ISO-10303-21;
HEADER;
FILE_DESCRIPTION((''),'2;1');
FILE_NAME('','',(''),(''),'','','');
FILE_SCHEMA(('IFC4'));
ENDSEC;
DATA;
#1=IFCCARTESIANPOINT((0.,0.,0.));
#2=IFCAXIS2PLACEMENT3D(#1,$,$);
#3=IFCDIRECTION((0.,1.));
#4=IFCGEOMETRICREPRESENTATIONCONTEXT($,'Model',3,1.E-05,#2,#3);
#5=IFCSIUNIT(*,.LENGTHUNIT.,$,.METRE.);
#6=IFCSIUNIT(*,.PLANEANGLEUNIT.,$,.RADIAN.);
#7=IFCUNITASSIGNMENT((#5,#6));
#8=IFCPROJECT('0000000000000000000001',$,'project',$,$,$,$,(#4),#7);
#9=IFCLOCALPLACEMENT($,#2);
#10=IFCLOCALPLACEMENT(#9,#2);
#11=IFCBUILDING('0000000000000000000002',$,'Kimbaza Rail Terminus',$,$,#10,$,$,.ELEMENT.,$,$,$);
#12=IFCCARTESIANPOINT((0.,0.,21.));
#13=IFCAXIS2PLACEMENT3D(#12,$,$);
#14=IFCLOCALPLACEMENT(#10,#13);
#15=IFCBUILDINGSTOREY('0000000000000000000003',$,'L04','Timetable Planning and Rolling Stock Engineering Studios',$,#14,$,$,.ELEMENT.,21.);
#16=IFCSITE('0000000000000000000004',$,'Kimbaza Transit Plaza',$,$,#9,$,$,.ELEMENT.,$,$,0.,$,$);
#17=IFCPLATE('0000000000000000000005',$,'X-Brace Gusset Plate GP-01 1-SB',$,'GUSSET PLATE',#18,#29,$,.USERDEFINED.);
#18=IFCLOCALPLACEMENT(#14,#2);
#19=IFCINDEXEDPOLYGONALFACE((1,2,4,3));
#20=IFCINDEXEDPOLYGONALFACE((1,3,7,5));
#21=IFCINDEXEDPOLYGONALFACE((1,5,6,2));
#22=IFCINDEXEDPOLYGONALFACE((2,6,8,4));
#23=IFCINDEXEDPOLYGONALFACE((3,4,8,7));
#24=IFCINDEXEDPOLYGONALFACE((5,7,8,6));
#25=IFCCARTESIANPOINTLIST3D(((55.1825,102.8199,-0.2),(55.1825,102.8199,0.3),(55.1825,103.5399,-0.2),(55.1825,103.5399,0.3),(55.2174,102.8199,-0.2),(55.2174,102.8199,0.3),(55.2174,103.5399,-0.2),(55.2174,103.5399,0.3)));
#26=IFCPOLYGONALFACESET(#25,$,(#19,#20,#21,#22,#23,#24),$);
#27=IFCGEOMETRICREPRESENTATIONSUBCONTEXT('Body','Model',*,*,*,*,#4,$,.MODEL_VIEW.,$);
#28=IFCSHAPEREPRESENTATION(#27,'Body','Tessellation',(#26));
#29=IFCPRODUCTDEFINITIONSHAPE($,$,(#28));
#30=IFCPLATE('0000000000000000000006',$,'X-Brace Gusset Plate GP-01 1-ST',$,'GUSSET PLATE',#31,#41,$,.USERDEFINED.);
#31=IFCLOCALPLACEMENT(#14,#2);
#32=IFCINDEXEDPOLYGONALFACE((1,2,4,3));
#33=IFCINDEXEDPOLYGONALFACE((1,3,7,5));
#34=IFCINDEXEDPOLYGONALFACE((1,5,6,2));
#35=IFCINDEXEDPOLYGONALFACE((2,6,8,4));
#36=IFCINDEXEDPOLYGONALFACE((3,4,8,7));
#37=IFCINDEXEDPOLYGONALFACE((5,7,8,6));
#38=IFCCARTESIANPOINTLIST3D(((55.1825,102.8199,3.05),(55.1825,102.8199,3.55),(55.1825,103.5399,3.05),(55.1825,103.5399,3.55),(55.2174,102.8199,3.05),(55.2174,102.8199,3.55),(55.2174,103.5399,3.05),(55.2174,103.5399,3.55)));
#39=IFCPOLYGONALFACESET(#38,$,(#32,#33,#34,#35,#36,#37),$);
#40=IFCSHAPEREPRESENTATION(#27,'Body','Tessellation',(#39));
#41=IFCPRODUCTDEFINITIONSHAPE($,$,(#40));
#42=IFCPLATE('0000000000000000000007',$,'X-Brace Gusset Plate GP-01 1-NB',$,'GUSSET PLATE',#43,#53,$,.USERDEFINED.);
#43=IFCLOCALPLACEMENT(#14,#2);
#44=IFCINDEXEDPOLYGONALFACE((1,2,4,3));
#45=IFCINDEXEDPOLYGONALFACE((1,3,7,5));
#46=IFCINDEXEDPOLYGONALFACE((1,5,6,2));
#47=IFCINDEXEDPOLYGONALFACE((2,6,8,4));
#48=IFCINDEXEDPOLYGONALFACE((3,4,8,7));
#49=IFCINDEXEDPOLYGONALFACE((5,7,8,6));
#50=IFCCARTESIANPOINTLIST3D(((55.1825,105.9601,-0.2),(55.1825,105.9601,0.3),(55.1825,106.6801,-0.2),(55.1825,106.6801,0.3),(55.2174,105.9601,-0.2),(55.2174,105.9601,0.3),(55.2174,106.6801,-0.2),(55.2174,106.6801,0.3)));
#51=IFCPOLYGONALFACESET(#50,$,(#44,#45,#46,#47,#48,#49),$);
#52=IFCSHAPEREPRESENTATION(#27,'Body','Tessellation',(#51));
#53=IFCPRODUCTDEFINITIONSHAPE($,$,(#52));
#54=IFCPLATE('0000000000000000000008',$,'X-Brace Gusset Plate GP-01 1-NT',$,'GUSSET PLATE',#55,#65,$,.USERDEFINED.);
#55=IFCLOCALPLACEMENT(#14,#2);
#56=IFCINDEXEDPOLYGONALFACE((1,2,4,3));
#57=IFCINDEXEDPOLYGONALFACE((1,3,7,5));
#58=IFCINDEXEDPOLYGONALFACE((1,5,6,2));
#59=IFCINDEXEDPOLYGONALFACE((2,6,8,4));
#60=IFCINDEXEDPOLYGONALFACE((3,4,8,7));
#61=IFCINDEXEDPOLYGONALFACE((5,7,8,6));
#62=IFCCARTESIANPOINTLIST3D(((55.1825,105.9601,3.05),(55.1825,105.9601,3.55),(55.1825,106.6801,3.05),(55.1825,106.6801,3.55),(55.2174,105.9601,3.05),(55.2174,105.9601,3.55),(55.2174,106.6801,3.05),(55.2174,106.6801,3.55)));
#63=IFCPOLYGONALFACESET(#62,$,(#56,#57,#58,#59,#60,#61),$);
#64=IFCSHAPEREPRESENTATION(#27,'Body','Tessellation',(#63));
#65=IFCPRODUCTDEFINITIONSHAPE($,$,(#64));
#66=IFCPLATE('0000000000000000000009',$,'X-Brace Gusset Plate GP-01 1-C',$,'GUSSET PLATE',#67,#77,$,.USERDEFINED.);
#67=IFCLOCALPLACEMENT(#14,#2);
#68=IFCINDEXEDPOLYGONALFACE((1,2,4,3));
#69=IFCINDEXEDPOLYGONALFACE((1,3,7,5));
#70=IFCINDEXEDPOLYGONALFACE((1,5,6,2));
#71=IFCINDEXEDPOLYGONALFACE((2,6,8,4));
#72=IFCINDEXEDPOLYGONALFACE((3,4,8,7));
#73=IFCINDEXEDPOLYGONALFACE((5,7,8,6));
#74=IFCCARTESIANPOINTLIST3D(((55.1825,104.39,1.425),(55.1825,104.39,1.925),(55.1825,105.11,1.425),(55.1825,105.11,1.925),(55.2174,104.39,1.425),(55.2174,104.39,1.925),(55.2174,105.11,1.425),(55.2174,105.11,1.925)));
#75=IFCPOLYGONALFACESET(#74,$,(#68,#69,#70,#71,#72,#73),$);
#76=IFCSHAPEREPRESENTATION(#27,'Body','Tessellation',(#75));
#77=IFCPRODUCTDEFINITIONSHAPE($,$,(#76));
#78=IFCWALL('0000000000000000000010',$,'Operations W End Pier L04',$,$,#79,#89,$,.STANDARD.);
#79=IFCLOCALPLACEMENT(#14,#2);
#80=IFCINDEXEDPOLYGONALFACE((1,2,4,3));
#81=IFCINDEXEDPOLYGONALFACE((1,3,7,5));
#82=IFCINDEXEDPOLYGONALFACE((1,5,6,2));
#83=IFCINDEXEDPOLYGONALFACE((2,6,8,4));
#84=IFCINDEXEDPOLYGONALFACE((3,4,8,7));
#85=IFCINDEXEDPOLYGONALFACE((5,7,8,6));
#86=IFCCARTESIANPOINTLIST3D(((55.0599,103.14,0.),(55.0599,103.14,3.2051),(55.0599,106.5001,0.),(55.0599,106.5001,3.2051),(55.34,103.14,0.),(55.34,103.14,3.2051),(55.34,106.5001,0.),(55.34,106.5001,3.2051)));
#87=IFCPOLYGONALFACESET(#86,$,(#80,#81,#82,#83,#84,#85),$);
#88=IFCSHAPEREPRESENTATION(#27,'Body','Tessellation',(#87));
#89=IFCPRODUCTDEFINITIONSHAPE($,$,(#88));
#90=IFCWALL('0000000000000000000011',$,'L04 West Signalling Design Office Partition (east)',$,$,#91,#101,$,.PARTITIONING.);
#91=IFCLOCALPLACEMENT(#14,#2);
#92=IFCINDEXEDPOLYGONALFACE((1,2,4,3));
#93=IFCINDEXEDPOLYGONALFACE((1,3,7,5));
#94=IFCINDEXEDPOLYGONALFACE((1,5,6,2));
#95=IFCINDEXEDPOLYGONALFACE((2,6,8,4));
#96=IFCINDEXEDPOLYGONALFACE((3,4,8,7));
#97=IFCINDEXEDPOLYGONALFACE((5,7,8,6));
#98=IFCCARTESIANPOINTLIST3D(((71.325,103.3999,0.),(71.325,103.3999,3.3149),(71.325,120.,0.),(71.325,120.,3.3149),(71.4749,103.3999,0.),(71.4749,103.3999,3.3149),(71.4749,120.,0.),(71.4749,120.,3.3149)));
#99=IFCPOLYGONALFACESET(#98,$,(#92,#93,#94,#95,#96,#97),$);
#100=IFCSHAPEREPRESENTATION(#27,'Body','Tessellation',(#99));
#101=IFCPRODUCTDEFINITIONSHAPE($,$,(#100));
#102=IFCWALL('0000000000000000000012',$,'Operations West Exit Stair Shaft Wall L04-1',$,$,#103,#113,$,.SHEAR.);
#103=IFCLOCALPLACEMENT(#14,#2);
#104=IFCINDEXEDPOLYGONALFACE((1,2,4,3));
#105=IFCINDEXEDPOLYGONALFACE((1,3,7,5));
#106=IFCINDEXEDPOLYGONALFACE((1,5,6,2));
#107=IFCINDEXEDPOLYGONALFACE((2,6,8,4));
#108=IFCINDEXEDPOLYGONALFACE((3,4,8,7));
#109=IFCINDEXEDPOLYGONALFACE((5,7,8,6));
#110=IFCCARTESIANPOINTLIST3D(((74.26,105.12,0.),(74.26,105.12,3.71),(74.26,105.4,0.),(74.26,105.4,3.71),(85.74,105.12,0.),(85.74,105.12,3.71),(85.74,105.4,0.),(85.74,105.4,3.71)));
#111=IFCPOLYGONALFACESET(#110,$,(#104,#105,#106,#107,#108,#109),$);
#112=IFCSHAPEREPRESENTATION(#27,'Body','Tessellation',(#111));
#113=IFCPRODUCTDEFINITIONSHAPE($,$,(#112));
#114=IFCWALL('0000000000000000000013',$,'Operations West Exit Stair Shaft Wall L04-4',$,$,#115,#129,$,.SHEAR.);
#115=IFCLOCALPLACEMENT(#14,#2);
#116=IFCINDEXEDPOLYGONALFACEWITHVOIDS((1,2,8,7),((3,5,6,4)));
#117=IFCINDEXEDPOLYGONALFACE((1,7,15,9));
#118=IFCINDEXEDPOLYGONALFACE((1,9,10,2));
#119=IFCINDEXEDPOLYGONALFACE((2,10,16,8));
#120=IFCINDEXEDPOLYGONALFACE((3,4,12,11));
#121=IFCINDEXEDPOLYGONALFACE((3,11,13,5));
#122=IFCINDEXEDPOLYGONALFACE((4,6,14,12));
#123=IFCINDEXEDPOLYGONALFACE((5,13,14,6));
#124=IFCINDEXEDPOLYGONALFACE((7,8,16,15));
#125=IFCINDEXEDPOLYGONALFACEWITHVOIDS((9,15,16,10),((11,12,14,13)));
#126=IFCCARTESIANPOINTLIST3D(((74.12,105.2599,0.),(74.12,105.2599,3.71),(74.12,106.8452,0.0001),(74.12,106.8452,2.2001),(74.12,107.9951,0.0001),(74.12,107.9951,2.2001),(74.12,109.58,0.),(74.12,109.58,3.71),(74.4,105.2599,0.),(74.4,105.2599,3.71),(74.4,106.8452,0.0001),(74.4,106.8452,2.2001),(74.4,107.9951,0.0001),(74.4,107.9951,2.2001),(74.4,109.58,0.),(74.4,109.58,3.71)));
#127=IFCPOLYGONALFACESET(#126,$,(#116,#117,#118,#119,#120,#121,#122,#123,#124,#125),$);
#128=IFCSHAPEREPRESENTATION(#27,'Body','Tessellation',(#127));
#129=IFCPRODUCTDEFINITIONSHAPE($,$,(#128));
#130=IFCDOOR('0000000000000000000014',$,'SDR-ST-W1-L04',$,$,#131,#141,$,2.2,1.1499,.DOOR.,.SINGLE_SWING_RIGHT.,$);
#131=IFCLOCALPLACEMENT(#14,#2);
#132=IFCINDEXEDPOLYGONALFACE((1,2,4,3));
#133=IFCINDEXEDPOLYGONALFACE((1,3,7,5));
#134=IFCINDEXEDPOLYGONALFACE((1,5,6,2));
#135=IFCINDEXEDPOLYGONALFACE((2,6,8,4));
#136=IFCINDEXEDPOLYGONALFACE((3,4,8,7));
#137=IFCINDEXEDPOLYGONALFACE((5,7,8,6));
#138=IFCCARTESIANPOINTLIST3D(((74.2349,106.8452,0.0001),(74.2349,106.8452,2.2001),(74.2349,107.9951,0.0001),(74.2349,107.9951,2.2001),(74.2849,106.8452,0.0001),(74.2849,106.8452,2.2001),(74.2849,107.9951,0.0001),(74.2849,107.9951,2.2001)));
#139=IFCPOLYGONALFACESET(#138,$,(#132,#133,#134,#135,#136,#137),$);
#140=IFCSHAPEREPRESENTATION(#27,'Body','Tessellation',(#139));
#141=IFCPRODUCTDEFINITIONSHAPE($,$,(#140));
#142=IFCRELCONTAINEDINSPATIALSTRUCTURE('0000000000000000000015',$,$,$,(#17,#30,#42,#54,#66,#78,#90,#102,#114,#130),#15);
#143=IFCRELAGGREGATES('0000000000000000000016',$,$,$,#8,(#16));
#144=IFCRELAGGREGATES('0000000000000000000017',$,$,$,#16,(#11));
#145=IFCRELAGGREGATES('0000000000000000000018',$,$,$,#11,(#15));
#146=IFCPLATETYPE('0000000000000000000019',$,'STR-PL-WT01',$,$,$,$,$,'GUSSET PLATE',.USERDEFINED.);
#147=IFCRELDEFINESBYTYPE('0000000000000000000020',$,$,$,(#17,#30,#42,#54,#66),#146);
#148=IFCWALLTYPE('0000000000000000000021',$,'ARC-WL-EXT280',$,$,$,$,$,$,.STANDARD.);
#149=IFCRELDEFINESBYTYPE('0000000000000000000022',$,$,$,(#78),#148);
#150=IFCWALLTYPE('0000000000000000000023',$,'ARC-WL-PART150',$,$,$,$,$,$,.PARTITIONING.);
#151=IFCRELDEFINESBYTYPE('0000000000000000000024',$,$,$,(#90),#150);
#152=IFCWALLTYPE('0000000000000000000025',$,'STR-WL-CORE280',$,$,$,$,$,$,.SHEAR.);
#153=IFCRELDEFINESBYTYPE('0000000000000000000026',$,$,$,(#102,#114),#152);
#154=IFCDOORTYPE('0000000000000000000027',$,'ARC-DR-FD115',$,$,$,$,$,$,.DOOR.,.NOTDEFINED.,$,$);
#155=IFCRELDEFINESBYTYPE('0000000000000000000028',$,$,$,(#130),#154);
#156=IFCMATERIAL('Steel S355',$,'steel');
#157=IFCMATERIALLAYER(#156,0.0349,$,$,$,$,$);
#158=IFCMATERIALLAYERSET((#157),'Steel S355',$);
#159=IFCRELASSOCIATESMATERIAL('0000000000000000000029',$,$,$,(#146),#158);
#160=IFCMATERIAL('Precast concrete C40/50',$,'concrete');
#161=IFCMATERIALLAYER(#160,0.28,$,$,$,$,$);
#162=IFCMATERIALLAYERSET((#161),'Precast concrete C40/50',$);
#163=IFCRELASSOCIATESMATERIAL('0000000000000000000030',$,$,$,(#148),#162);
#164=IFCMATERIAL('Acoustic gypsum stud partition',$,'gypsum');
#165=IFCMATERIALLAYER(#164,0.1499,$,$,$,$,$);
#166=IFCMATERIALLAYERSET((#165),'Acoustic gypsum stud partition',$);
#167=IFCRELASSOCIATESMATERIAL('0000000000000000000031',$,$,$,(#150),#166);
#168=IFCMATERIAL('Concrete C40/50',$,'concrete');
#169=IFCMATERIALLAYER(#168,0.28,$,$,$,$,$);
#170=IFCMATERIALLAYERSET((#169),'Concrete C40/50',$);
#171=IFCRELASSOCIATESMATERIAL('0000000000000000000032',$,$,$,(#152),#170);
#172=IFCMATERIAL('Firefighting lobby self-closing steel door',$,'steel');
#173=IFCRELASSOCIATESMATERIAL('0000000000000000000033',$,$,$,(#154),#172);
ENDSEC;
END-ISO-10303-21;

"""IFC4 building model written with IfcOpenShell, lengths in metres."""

from ifc_helpers import new_model, si_unit, direction, frame, frame_2d, origin, origin_2d, place, context, subcontext, project, spatial, rectangle, extrude, material, layer, layer_set, type_object, element, fill, save


model = new_model("IFC4")

# Units and contexts
model_context = context("Model", 3, precision=1e-05, world=origin(), true_north=direction((0.0, 1.0)))
body_context = subcontext(model_context, "Body", "Model", "MODEL_VIEW")
ifc_project = project(units=[si_unit("LENGTHUNIT", "METRE"), si_unit("PLANEANGLEUNIT", "RADIAN")], contexts=[model_context])

# Site, building, storey
site_placement = place(None, origin())
site = spatial("IfcSite", under=ifc_project, at=site_placement, Name="Kimbaza Transit Plaza", CompositionType="ELEMENT", RefElevation=0.0)
building_placement = place(site_placement, origin())
building = spatial("IfcBuilding", under=site, at=building_placement, Name="Kimbaza Rail Terminus", CompositionType="ELEMENT")
storey_placement = place(building_placement, frame((0.0, 0.0, 21.0)))
storey = spatial("IfcBuildingStorey", under=building, at=storey_placement, Name="L04", Description="Timetable Planning and Rolling Stock Engineering Studios", CompositionType="ELEMENT", Elevation=21.0)

# Plates
ifc_material_1 = material(Name="Steel S355", Category="steel")
ifc_layer_1 = layer(ifc_material_1, 0.0349)
ifc_layer_set_1 = layer_set([ifc_layer_1], Name="Steel S355")
plate_type_1 = type_object("IfcPlateType", Name="STR-PL-WT01", ElementType="GUSSET PLATE", PredefinedType="USERDEFINED", material=ifc_layer_set_1)
for number, where, z_axis, x_axis, name in (
    (1, (55.2, 103.1799, -0.2), (0.0, 0.0, 1.0), (1.0, 0.0, 0.0), "X-Brace Gusset Plate GP-01 1-SB"),
    (2, (55.2, 103.1799, 3.05), (0.0, 0.0, 1.0), (1.0, 0.0, 0.0), "X-Brace Gusset Plate GP-01 1-ST"),
    (3, (55.2, 106.3201, -0.2), (0.0, 0.0, 1.0), (1.0, 0.0, 0.0), "X-Brace Gusset Plate GP-01 1-NB"),
    (4, (55.2, 106.3201, 3.05), (0.0, 0.0, 1.0), (1.0, 0.0, 0.0), "X-Brace Gusset Plate GP-01 1-NT"),
    (5, (55.2, 104.75, 1.425), (0.0, 0.0, 1.0), (1.0, 0.0, 0.0), "X-Brace Gusset Plate GP-01 1-C"),
):
    element("IfcPlate", number, at=place(storey_placement, frame(where, z_axis=z_axis, x_axis=x_axis)), inside=storey, type_object=plate_type_1, Name=name, ObjectType="GUSSET PLATE", PredefinedType="USERDEFINED", context=body_context, shape_type="SweptSolid", body=[
        extrude(rectangle(XDim=0.0349, YDim=0.72, at=origin_2d()), origin(), (0.0, 0.0, 1.0), 0.5),
    ])

# Walls
ifc_material_2 = material(Name="Precast concrete C40/50", Category="concrete")
ifc_layer_2 = layer(ifc_material_2, 0.28)
ifc_layer_set_2 = layer_set([ifc_layer_2], Name="Precast concrete C40/50")
wall_type_1 = type_object("IfcWallType", Name="ARC-WL-EXT280", PredefinedType="STANDARD", material=ifc_layer_set_2)
wall_1_placement = place(storey_placement, frame((55.2, 103.1399, 0.0), z_axis=(0.0, 0.0, 1.0), x_axis=(0.0, 1.0, 0.0)))
element("IfcWall", 6, at=wall_1_placement, inside=storey, type_object=wall_type_1, Name="Operations W End Pier L04", PredefinedType="STANDARD", context=body_context, shape_type="SweptSolid", body=[
    extrude(rectangle(XDim=3.3601, YDim=0.28, at=frame_2d((1.6802, 0.0))), origin(), (0.0, 0.0, 1.0), 3.2051),
])
ifc_material_3 = material(Name="Acoustic gypsum stud partition", Category="gypsum")
ifc_layer_3 = layer(ifc_material_3, 0.1499)
ifc_layer_set_3 = layer_set([ifc_layer_3], Name="Acoustic gypsum stud partition")
wall_type_2 = type_object("IfcWallType", Name="ARC-WL-PART150", PredefinedType="PARTITIONING", material=ifc_layer_set_3)
wall_2_placement = place(storey_placement, frame((71.3999, 103.3999, 0.0), z_axis=(0.0, 0.0, 1.0), x_axis=(0.0, 1.0, 0.0)))
element("IfcWall", 7, at=wall_2_placement, inside=storey, type_object=wall_type_2, Name="L04 West Signalling Design Office Partition (east)", PredefinedType="PARTITIONING", context=body_context, shape_type="SweptSolid", body=[
    extrude(rectangle(XDim=16.6001, YDim=0.1499, at=frame_2d((8.3, 0.0))), origin(), (0.0, 0.0, 1.0), 3.3149),
])
ifc_material_4 = material(Name="Concrete C40/50", Category="concrete")
ifc_layer_4 = layer(ifc_material_4, 0.28)
ifc_layer_set_4 = layer_set([ifc_layer_4], Name="Concrete C40/50")
wall_type_3 = type_object("IfcWallType", Name="STR-WL-CORE280", PredefinedType="SHEAR", material=ifc_layer_set_4)
wall_3_placement = place(storey_placement, frame((74.26, 105.26, 0.0), z_axis=(0.0, 0.0, 1.0), x_axis=(1.0, 0.0, 0.0)))
element("IfcWall", 8, at=wall_3_placement, inside=storey, type_object=wall_type_3, Name="Operations West Exit Stair Shaft Wall L04-1", PredefinedType="SHEAR", context=body_context, shape_type="SweptSolid", body=[
    extrude(rectangle(XDim=11.48, YDim=0.28, at=frame_2d((5.74, 0.0))), origin(), (0.0, 0.0, 1.0), 3.71),
])

# Wall, opening, door
wall_4_placement = place(storey_placement, frame((74.26, 109.5801, 0.0), z_axis=(0.0, 0.0, 1.0), x_axis=(0.0, -1.0, 0.0)))
wall_4 = element("IfcWall", 9, at=wall_4_placement, inside=storey, type_object=wall_type_3, Name="Operations West Exit Stair Shaft Wall L04-4", PredefinedType="SHEAR", context=body_context, shape_type="SweptSolid", body=[
    extrude(rectangle(XDim=4.3201, YDim=0.28, at=frame_2d((2.1602, 0.0))), origin(), (0.0, 0.0, 1.0), 3.71),
])
opening_placement = place(wall_4_placement, frame((1.585, 0.0, 0.0)))
opening = element("IfcOpeningElement", 10, at=opening_placement, cuts=wall_4, PredefinedType="OPENING", context=body_context, shape_type="SweptSolid", body=[
    extrude(rectangle(XDim=1.1499, YDim=2.2, at=frame_2d((0.575, 1.1001))), frame((0.0, 0.1499, 0.0), z_axis=(0.0, -1.0, 0.0), x_axis=(1.0, 0.0, 0.0)), (0.0, 0.0, 1.0), 0.3),
])
ifc_material_5 = material(Name="Firefighting lobby self-closing steel door", Category="steel")
door_type = type_object("IfcDoorType", Name="ARC-DR-FD115", OperationType="NOTDEFINED", PredefinedType="DOOR", material=ifc_material_5)
door_placement = place(opening_placement, origin())
door = element("IfcDoor", 11, at=door_placement, inside=storey, type_object=door_type, Name="SDR-ST-W1-L04", OperationType="SINGLE_SWING_RIGHT", OverallHeight=2.2, OverallWidth=1.1499, PredefinedType="DOOR", context=body_context, shape_type="SweptSolid", body=[
    extrude(rectangle(XDim=1.1499, YDim=2.2, at=frame_2d((0.575, 1.1001))), frame((0.0, 0.0249, 0.0), z_axis=(0.0, -1.0, 0.0), x_axis=(1.0, 0.0, 0.0)), (0.0, 0.0, 1.0), 0.05),
])
fill(opening, door)

save(model, "model.ifc")
